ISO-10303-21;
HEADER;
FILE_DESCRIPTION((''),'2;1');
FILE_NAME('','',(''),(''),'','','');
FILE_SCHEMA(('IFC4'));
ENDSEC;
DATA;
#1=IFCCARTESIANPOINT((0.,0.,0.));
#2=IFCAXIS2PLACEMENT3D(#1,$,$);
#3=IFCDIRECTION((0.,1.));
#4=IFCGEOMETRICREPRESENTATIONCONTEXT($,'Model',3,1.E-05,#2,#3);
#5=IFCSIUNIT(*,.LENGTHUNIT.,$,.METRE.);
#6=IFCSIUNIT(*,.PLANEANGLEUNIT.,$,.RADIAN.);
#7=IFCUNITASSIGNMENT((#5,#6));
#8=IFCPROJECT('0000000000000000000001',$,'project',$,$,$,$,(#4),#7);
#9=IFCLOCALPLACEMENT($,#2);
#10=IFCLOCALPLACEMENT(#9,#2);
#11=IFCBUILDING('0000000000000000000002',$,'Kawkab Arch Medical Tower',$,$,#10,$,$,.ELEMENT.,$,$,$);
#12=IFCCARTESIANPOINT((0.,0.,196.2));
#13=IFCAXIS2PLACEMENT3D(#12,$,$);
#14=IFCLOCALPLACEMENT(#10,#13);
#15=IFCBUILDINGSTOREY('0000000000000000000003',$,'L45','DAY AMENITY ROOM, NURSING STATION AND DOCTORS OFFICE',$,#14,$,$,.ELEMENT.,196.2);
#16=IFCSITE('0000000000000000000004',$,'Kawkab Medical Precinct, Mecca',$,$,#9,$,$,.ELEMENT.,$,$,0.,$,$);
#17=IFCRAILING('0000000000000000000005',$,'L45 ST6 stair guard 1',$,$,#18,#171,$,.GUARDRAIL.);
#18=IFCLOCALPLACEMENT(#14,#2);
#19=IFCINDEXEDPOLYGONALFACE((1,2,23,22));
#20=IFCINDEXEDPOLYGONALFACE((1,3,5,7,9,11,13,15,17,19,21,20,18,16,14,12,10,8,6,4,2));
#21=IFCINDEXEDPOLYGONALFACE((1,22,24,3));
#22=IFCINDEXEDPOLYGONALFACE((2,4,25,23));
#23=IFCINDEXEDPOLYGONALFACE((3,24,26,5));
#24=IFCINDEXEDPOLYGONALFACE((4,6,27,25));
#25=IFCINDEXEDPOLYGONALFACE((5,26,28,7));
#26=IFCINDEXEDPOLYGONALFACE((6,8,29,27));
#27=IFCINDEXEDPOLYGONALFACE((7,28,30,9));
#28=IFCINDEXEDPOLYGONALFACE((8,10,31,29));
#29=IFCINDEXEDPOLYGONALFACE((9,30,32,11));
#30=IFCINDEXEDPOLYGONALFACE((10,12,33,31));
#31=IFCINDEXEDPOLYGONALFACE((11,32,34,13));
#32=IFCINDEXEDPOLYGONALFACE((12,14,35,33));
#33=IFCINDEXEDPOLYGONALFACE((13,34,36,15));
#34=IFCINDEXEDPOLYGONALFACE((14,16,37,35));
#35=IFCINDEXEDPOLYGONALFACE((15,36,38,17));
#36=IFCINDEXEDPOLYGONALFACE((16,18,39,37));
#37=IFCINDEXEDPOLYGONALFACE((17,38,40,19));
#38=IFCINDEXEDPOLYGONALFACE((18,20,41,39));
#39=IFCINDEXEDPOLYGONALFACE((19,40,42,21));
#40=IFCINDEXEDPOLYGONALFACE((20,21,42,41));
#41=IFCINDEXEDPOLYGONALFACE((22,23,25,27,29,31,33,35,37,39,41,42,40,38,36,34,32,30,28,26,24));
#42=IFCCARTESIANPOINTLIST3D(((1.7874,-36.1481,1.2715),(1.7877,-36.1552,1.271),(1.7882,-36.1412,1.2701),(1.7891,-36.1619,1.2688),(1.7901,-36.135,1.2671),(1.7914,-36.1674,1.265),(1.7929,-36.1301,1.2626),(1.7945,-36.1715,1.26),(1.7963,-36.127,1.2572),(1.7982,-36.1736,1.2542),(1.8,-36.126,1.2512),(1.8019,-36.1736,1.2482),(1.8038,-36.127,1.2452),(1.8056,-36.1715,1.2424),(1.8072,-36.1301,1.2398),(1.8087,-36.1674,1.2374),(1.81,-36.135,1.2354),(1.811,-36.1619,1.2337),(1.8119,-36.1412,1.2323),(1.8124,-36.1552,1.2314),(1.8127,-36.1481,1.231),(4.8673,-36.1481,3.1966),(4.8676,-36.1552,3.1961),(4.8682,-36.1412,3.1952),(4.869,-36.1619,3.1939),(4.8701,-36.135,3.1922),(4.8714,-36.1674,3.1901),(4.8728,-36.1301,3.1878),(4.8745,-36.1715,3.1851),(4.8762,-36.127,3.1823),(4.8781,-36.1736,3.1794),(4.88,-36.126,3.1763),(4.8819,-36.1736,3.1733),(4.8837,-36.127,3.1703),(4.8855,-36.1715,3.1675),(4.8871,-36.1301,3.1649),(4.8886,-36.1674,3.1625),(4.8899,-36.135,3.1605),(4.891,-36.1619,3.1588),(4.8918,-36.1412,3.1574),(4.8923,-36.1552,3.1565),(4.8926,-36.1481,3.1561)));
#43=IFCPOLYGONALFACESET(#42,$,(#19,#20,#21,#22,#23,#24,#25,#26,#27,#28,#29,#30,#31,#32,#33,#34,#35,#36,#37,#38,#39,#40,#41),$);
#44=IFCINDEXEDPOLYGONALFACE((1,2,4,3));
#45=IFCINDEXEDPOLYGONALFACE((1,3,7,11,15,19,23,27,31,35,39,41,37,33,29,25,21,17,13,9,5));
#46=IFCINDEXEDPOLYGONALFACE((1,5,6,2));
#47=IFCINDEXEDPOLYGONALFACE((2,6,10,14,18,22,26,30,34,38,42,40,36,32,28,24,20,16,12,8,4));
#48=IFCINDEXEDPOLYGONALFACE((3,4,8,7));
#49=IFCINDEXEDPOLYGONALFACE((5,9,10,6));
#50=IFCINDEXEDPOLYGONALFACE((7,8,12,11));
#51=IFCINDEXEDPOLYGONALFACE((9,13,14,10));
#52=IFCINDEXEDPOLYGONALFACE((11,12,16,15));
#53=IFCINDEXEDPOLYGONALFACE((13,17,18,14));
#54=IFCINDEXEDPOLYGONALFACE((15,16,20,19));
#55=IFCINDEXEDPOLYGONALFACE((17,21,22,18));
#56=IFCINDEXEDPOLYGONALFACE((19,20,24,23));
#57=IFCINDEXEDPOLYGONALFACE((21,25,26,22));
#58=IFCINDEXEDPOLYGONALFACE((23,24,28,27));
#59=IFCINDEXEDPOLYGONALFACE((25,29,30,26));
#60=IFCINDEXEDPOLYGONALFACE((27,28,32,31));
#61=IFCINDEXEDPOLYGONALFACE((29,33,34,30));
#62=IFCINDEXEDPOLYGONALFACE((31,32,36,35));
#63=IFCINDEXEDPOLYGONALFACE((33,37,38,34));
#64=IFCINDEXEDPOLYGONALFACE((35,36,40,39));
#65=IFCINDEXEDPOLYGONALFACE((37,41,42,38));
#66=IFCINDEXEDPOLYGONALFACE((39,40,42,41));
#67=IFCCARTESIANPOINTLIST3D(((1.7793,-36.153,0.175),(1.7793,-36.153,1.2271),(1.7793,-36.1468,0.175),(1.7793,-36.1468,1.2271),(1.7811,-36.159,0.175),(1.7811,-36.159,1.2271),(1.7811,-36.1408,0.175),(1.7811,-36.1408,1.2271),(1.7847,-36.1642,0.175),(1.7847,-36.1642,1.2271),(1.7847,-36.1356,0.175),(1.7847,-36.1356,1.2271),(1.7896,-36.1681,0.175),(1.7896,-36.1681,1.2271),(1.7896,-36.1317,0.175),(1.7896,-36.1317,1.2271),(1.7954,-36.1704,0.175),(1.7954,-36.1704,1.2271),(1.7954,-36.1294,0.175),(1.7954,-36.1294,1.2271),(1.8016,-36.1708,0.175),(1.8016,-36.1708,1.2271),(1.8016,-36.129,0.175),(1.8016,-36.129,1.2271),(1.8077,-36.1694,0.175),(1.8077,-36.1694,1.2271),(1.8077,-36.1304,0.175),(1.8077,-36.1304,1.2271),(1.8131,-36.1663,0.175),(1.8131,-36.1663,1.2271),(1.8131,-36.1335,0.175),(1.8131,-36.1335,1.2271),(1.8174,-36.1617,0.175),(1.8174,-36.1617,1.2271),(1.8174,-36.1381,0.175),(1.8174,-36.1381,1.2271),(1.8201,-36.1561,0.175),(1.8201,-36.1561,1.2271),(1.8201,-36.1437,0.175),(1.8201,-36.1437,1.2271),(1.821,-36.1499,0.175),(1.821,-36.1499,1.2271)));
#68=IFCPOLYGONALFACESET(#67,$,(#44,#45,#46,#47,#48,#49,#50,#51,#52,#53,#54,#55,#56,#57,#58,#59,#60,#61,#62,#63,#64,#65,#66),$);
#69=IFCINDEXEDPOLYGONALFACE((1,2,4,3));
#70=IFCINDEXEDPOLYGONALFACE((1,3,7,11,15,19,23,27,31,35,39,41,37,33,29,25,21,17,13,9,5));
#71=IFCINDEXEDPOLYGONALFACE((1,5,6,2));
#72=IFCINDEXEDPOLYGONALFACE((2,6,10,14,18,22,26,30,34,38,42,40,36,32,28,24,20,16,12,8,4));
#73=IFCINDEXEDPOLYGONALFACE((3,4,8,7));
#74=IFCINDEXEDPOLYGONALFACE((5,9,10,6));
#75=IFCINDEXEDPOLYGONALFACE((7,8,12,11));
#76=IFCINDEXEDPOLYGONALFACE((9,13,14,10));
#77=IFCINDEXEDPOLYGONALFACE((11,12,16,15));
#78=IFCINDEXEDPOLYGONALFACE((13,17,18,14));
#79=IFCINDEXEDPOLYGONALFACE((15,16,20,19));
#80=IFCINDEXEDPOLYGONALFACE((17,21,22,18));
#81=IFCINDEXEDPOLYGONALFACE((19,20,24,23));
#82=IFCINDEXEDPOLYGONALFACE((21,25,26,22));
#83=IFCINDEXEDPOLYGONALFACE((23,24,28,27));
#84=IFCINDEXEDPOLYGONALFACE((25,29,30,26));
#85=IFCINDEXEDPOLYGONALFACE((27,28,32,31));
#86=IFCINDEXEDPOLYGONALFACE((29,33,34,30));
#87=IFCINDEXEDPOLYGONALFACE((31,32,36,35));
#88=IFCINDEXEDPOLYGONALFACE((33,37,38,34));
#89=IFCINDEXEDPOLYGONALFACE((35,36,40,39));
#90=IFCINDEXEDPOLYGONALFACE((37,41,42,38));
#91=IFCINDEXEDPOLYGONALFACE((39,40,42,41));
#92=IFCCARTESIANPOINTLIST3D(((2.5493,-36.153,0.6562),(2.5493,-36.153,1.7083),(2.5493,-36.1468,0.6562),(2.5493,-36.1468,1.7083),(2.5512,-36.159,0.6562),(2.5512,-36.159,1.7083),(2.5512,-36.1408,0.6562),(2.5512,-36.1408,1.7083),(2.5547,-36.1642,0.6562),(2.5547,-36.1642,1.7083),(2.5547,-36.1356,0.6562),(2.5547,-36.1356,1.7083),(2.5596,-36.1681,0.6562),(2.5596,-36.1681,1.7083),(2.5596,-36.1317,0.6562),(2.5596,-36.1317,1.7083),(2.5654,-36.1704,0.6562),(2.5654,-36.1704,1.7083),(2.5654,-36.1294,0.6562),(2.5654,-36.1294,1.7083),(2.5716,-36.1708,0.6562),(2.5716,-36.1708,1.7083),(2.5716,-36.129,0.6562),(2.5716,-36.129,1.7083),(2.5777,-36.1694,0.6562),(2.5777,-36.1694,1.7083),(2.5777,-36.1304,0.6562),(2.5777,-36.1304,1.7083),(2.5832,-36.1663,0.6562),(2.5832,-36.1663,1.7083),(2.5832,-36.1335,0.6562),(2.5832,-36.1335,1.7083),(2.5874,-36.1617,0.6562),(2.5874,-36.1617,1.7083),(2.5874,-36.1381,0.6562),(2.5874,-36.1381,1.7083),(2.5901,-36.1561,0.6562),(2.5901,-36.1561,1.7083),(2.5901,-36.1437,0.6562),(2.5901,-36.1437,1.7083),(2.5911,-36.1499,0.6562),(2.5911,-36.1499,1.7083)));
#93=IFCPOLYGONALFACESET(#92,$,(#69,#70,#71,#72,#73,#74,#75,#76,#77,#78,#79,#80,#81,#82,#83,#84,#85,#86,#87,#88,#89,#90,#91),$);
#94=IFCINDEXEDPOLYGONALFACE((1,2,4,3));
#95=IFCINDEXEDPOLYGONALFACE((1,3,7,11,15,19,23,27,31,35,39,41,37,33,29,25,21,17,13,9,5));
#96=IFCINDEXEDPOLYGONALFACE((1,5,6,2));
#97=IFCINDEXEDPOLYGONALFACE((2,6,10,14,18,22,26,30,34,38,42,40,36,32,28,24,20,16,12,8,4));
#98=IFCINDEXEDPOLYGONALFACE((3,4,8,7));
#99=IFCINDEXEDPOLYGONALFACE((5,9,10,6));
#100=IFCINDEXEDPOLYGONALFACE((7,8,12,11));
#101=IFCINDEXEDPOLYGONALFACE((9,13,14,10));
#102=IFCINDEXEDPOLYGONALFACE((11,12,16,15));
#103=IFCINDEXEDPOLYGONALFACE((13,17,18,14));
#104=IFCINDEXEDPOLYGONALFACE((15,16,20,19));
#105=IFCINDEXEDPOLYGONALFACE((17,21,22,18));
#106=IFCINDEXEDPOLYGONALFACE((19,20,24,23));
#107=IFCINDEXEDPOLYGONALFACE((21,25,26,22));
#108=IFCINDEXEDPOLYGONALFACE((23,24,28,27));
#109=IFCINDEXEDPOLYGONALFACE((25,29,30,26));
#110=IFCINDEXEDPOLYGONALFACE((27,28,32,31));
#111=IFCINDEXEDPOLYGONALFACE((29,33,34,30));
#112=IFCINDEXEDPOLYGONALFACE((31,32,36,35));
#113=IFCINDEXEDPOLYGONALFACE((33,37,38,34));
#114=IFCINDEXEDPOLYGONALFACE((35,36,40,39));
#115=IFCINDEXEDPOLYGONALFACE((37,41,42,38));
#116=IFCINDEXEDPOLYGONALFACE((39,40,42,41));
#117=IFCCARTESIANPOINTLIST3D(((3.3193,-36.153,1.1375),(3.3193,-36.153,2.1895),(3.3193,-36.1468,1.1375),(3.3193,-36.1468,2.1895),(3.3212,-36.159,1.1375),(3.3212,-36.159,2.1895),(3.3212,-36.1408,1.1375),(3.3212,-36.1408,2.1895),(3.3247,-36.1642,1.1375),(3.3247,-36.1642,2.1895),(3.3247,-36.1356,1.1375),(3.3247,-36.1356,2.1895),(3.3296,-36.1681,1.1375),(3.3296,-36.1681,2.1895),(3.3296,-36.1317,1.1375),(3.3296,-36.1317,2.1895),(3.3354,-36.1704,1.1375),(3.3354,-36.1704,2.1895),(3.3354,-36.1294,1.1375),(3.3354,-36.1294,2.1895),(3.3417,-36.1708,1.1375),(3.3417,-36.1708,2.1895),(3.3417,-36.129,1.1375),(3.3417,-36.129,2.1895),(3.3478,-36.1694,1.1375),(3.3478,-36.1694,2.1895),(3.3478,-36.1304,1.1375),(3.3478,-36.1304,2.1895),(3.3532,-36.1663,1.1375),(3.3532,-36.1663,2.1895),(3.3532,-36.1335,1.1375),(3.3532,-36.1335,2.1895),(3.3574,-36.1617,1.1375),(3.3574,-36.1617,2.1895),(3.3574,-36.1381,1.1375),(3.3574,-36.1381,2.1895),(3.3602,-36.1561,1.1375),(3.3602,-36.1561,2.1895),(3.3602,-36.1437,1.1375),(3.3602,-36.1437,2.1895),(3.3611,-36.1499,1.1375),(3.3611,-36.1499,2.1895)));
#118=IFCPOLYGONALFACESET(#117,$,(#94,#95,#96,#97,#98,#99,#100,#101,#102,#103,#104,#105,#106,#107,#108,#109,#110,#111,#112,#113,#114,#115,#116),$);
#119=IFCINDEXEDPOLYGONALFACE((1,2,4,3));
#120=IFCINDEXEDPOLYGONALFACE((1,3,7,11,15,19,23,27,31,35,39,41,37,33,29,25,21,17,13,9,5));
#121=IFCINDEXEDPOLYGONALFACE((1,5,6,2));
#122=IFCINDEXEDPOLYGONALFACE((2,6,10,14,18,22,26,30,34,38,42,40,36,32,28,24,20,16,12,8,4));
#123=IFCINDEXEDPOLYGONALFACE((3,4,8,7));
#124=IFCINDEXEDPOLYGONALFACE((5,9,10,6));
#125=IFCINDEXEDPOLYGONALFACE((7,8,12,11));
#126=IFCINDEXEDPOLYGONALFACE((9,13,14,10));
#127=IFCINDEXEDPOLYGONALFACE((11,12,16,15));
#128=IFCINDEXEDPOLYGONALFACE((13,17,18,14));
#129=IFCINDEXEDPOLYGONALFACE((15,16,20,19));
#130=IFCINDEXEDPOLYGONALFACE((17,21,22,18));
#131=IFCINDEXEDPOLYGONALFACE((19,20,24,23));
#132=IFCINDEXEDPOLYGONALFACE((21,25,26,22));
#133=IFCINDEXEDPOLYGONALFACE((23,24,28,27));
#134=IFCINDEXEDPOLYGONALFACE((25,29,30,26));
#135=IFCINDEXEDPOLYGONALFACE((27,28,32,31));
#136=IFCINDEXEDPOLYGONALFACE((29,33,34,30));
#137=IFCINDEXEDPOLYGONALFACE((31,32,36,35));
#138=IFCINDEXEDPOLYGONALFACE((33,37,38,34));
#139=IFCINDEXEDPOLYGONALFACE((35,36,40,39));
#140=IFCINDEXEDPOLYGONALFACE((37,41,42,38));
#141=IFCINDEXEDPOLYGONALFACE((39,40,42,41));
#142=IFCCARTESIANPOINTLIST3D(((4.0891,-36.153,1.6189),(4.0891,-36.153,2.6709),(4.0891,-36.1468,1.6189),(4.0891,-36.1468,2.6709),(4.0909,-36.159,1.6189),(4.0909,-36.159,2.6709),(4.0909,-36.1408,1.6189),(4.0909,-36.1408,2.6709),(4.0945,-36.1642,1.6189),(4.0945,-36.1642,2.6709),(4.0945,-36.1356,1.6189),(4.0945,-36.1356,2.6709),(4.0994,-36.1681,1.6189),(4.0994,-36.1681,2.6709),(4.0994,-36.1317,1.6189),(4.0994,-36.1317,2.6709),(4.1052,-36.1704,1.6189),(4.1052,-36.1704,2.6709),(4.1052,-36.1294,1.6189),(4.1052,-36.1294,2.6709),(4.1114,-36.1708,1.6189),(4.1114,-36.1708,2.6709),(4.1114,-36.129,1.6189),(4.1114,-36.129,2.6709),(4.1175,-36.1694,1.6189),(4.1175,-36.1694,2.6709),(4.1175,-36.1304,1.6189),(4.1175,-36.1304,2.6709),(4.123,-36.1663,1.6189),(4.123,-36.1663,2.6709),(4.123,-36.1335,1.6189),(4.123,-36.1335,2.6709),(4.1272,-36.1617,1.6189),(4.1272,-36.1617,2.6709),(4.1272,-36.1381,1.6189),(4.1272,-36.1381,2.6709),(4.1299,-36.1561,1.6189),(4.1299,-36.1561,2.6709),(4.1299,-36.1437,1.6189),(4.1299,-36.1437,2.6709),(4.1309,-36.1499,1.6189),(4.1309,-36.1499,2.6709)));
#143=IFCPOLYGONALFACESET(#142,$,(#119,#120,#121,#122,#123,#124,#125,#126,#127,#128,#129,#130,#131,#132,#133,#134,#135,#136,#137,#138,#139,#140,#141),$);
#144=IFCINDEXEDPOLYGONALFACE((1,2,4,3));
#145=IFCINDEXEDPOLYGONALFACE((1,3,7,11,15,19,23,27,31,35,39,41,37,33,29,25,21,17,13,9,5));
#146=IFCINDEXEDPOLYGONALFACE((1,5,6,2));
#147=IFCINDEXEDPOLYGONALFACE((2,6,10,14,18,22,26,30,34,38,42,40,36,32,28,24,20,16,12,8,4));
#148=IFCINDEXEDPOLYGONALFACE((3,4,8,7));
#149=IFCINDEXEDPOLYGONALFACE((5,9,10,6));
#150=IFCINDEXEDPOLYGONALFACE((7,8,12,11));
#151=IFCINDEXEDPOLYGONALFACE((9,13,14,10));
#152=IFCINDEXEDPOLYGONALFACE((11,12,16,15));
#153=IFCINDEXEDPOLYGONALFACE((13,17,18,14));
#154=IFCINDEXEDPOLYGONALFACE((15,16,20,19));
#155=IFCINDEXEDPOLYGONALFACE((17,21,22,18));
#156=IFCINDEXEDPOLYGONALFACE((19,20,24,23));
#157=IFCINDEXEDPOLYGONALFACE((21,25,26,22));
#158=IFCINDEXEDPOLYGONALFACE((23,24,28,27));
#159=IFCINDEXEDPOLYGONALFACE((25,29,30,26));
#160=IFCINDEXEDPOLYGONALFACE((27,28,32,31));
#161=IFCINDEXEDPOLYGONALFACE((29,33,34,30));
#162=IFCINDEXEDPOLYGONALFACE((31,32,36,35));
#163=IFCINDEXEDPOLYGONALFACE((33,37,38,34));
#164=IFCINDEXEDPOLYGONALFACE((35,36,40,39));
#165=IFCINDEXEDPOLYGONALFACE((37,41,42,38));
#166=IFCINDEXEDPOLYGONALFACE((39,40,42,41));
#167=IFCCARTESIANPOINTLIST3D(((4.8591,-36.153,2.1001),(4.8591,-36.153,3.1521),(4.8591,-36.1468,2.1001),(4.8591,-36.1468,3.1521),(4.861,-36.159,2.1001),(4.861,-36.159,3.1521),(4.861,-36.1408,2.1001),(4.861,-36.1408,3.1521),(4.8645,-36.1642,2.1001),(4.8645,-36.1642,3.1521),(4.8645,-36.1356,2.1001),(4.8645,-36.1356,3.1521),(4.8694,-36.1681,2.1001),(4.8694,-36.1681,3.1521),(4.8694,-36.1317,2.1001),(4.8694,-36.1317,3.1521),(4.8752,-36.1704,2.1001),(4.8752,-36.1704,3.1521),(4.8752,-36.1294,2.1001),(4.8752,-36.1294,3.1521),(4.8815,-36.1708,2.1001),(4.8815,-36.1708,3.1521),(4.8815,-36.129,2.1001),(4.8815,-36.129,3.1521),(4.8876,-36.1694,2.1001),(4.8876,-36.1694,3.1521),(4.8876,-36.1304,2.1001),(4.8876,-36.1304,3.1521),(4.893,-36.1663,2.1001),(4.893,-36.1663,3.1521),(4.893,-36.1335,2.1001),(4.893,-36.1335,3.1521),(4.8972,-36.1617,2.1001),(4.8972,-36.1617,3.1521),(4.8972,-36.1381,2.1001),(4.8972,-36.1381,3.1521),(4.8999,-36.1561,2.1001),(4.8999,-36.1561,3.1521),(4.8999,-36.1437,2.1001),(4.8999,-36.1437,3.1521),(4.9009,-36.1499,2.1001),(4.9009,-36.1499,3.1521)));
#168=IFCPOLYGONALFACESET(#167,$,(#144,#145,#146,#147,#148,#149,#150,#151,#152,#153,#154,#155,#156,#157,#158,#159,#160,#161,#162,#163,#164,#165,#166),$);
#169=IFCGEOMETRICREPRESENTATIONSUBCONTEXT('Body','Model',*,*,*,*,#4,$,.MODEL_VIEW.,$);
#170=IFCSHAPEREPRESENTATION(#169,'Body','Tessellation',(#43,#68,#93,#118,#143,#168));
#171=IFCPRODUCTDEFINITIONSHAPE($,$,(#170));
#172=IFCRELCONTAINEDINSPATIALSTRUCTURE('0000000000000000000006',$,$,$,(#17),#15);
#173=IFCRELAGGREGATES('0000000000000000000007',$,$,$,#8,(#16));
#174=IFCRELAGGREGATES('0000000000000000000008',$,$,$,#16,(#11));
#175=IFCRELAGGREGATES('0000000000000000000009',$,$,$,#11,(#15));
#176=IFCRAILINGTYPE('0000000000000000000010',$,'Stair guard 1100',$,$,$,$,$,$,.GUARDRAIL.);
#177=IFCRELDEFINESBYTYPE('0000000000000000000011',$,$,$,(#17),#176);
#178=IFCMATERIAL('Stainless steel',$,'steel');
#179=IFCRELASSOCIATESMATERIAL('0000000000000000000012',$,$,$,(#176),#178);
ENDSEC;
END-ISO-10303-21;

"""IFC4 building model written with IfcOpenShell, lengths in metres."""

from ifc_helpers import new_model, si_unit, direction, frame, origin, origin_2d, place, context, subcontext, project, spatial, circle, extrude, material, type_object, element, save


model = new_model("IFC4")

# Units and contexts
model_context = context("Model", 3, precision=1e-05, world=origin(), true_north=direction((0.0, 1.0)))
body_context = subcontext(model_context, "Body", "Model", "MODEL_VIEW")
ifc_project = project(units=[si_unit("LENGTHUNIT", "METRE"), si_unit("PLANEANGLEUNIT", "RADIAN")], contexts=[model_context])

# Site, building, storey
site_placement = place(None, origin())
site = spatial("IfcSite", under=ifc_project, at=site_placement, Name="Kawkab Medical Precinct, Mecca", CompositionType="ELEMENT", RefElevation=0.0)
building_placement = place(site_placement, origin())
building = spatial("IfcBuilding", under=site, at=building_placement, Name="Kawkab Arch Medical Tower", CompositionType="ELEMENT")
storey_placement = place(building_placement, frame((0.0, 0.0, 196.2)))
storey = spatial("IfcBuildingStorey", under=building, at=storey_placement, Name="L45", Description="DAY AMENITY ROOM, NURSING STATION AND DOCTORS OFFICE", CompositionType="ELEMENT", Elevation=196.2)

# Railing
ifc_material_1 = material(Name="Stainless steel", Category="steel")
railing_type = type_object("IfcRailingType", Name="Stair guard 1100", PredefinedType="GUARDRAIL", material=ifc_material_1)
railing_1_placement = place(storey_placement, frame((1.8, -36.1499, 0.175)))
element("IfcRailing", 1, at=railing_1_placement, inside=storey, type_object=railing_type, Name="L45 ST6 stair guard 1", PredefinedType="GUARDRAIL", context=body_context, shape_type="SweptSolid", body=[
    extrude(circle(Radius=0.0239, at=origin_2d()), frame((0.0, 0.0, 1.0762), z_axis=(0.847979, 0.0, 0.530029), x_axis=(0.0, 1.0, 0.0)), (0.0, 0.0, 1.0), 3.6321),
    extrude(circle(Radius=0.021, at=origin_2d()), origin(), (0.0, 0.0, 1.0), 1.052),
    extrude(circle(Radius=0.021, at=origin_2d()), frame((0.77, 0.0, 0.4812)), (0.0, 0.0, 1.0), 1.052),
    extrude(circle(Radius=0.021, at=origin_2d()), frame((1.54, 0.0, 0.9624)), (0.0, 0.0, 1.0), 1.052),
    extrude(circle(Radius=0.021, at=origin_2d()), frame((2.3098, 0.0, 1.4438)), (0.0, 0.0, 1.0), 1.052),
    extrude(circle(Radius=0.021, at=origin_2d()), frame((3.0798, 0.0, 1.925)), (0.0, 0.0, 1.0), 1.052),
])

save(model, "model.ifc")
